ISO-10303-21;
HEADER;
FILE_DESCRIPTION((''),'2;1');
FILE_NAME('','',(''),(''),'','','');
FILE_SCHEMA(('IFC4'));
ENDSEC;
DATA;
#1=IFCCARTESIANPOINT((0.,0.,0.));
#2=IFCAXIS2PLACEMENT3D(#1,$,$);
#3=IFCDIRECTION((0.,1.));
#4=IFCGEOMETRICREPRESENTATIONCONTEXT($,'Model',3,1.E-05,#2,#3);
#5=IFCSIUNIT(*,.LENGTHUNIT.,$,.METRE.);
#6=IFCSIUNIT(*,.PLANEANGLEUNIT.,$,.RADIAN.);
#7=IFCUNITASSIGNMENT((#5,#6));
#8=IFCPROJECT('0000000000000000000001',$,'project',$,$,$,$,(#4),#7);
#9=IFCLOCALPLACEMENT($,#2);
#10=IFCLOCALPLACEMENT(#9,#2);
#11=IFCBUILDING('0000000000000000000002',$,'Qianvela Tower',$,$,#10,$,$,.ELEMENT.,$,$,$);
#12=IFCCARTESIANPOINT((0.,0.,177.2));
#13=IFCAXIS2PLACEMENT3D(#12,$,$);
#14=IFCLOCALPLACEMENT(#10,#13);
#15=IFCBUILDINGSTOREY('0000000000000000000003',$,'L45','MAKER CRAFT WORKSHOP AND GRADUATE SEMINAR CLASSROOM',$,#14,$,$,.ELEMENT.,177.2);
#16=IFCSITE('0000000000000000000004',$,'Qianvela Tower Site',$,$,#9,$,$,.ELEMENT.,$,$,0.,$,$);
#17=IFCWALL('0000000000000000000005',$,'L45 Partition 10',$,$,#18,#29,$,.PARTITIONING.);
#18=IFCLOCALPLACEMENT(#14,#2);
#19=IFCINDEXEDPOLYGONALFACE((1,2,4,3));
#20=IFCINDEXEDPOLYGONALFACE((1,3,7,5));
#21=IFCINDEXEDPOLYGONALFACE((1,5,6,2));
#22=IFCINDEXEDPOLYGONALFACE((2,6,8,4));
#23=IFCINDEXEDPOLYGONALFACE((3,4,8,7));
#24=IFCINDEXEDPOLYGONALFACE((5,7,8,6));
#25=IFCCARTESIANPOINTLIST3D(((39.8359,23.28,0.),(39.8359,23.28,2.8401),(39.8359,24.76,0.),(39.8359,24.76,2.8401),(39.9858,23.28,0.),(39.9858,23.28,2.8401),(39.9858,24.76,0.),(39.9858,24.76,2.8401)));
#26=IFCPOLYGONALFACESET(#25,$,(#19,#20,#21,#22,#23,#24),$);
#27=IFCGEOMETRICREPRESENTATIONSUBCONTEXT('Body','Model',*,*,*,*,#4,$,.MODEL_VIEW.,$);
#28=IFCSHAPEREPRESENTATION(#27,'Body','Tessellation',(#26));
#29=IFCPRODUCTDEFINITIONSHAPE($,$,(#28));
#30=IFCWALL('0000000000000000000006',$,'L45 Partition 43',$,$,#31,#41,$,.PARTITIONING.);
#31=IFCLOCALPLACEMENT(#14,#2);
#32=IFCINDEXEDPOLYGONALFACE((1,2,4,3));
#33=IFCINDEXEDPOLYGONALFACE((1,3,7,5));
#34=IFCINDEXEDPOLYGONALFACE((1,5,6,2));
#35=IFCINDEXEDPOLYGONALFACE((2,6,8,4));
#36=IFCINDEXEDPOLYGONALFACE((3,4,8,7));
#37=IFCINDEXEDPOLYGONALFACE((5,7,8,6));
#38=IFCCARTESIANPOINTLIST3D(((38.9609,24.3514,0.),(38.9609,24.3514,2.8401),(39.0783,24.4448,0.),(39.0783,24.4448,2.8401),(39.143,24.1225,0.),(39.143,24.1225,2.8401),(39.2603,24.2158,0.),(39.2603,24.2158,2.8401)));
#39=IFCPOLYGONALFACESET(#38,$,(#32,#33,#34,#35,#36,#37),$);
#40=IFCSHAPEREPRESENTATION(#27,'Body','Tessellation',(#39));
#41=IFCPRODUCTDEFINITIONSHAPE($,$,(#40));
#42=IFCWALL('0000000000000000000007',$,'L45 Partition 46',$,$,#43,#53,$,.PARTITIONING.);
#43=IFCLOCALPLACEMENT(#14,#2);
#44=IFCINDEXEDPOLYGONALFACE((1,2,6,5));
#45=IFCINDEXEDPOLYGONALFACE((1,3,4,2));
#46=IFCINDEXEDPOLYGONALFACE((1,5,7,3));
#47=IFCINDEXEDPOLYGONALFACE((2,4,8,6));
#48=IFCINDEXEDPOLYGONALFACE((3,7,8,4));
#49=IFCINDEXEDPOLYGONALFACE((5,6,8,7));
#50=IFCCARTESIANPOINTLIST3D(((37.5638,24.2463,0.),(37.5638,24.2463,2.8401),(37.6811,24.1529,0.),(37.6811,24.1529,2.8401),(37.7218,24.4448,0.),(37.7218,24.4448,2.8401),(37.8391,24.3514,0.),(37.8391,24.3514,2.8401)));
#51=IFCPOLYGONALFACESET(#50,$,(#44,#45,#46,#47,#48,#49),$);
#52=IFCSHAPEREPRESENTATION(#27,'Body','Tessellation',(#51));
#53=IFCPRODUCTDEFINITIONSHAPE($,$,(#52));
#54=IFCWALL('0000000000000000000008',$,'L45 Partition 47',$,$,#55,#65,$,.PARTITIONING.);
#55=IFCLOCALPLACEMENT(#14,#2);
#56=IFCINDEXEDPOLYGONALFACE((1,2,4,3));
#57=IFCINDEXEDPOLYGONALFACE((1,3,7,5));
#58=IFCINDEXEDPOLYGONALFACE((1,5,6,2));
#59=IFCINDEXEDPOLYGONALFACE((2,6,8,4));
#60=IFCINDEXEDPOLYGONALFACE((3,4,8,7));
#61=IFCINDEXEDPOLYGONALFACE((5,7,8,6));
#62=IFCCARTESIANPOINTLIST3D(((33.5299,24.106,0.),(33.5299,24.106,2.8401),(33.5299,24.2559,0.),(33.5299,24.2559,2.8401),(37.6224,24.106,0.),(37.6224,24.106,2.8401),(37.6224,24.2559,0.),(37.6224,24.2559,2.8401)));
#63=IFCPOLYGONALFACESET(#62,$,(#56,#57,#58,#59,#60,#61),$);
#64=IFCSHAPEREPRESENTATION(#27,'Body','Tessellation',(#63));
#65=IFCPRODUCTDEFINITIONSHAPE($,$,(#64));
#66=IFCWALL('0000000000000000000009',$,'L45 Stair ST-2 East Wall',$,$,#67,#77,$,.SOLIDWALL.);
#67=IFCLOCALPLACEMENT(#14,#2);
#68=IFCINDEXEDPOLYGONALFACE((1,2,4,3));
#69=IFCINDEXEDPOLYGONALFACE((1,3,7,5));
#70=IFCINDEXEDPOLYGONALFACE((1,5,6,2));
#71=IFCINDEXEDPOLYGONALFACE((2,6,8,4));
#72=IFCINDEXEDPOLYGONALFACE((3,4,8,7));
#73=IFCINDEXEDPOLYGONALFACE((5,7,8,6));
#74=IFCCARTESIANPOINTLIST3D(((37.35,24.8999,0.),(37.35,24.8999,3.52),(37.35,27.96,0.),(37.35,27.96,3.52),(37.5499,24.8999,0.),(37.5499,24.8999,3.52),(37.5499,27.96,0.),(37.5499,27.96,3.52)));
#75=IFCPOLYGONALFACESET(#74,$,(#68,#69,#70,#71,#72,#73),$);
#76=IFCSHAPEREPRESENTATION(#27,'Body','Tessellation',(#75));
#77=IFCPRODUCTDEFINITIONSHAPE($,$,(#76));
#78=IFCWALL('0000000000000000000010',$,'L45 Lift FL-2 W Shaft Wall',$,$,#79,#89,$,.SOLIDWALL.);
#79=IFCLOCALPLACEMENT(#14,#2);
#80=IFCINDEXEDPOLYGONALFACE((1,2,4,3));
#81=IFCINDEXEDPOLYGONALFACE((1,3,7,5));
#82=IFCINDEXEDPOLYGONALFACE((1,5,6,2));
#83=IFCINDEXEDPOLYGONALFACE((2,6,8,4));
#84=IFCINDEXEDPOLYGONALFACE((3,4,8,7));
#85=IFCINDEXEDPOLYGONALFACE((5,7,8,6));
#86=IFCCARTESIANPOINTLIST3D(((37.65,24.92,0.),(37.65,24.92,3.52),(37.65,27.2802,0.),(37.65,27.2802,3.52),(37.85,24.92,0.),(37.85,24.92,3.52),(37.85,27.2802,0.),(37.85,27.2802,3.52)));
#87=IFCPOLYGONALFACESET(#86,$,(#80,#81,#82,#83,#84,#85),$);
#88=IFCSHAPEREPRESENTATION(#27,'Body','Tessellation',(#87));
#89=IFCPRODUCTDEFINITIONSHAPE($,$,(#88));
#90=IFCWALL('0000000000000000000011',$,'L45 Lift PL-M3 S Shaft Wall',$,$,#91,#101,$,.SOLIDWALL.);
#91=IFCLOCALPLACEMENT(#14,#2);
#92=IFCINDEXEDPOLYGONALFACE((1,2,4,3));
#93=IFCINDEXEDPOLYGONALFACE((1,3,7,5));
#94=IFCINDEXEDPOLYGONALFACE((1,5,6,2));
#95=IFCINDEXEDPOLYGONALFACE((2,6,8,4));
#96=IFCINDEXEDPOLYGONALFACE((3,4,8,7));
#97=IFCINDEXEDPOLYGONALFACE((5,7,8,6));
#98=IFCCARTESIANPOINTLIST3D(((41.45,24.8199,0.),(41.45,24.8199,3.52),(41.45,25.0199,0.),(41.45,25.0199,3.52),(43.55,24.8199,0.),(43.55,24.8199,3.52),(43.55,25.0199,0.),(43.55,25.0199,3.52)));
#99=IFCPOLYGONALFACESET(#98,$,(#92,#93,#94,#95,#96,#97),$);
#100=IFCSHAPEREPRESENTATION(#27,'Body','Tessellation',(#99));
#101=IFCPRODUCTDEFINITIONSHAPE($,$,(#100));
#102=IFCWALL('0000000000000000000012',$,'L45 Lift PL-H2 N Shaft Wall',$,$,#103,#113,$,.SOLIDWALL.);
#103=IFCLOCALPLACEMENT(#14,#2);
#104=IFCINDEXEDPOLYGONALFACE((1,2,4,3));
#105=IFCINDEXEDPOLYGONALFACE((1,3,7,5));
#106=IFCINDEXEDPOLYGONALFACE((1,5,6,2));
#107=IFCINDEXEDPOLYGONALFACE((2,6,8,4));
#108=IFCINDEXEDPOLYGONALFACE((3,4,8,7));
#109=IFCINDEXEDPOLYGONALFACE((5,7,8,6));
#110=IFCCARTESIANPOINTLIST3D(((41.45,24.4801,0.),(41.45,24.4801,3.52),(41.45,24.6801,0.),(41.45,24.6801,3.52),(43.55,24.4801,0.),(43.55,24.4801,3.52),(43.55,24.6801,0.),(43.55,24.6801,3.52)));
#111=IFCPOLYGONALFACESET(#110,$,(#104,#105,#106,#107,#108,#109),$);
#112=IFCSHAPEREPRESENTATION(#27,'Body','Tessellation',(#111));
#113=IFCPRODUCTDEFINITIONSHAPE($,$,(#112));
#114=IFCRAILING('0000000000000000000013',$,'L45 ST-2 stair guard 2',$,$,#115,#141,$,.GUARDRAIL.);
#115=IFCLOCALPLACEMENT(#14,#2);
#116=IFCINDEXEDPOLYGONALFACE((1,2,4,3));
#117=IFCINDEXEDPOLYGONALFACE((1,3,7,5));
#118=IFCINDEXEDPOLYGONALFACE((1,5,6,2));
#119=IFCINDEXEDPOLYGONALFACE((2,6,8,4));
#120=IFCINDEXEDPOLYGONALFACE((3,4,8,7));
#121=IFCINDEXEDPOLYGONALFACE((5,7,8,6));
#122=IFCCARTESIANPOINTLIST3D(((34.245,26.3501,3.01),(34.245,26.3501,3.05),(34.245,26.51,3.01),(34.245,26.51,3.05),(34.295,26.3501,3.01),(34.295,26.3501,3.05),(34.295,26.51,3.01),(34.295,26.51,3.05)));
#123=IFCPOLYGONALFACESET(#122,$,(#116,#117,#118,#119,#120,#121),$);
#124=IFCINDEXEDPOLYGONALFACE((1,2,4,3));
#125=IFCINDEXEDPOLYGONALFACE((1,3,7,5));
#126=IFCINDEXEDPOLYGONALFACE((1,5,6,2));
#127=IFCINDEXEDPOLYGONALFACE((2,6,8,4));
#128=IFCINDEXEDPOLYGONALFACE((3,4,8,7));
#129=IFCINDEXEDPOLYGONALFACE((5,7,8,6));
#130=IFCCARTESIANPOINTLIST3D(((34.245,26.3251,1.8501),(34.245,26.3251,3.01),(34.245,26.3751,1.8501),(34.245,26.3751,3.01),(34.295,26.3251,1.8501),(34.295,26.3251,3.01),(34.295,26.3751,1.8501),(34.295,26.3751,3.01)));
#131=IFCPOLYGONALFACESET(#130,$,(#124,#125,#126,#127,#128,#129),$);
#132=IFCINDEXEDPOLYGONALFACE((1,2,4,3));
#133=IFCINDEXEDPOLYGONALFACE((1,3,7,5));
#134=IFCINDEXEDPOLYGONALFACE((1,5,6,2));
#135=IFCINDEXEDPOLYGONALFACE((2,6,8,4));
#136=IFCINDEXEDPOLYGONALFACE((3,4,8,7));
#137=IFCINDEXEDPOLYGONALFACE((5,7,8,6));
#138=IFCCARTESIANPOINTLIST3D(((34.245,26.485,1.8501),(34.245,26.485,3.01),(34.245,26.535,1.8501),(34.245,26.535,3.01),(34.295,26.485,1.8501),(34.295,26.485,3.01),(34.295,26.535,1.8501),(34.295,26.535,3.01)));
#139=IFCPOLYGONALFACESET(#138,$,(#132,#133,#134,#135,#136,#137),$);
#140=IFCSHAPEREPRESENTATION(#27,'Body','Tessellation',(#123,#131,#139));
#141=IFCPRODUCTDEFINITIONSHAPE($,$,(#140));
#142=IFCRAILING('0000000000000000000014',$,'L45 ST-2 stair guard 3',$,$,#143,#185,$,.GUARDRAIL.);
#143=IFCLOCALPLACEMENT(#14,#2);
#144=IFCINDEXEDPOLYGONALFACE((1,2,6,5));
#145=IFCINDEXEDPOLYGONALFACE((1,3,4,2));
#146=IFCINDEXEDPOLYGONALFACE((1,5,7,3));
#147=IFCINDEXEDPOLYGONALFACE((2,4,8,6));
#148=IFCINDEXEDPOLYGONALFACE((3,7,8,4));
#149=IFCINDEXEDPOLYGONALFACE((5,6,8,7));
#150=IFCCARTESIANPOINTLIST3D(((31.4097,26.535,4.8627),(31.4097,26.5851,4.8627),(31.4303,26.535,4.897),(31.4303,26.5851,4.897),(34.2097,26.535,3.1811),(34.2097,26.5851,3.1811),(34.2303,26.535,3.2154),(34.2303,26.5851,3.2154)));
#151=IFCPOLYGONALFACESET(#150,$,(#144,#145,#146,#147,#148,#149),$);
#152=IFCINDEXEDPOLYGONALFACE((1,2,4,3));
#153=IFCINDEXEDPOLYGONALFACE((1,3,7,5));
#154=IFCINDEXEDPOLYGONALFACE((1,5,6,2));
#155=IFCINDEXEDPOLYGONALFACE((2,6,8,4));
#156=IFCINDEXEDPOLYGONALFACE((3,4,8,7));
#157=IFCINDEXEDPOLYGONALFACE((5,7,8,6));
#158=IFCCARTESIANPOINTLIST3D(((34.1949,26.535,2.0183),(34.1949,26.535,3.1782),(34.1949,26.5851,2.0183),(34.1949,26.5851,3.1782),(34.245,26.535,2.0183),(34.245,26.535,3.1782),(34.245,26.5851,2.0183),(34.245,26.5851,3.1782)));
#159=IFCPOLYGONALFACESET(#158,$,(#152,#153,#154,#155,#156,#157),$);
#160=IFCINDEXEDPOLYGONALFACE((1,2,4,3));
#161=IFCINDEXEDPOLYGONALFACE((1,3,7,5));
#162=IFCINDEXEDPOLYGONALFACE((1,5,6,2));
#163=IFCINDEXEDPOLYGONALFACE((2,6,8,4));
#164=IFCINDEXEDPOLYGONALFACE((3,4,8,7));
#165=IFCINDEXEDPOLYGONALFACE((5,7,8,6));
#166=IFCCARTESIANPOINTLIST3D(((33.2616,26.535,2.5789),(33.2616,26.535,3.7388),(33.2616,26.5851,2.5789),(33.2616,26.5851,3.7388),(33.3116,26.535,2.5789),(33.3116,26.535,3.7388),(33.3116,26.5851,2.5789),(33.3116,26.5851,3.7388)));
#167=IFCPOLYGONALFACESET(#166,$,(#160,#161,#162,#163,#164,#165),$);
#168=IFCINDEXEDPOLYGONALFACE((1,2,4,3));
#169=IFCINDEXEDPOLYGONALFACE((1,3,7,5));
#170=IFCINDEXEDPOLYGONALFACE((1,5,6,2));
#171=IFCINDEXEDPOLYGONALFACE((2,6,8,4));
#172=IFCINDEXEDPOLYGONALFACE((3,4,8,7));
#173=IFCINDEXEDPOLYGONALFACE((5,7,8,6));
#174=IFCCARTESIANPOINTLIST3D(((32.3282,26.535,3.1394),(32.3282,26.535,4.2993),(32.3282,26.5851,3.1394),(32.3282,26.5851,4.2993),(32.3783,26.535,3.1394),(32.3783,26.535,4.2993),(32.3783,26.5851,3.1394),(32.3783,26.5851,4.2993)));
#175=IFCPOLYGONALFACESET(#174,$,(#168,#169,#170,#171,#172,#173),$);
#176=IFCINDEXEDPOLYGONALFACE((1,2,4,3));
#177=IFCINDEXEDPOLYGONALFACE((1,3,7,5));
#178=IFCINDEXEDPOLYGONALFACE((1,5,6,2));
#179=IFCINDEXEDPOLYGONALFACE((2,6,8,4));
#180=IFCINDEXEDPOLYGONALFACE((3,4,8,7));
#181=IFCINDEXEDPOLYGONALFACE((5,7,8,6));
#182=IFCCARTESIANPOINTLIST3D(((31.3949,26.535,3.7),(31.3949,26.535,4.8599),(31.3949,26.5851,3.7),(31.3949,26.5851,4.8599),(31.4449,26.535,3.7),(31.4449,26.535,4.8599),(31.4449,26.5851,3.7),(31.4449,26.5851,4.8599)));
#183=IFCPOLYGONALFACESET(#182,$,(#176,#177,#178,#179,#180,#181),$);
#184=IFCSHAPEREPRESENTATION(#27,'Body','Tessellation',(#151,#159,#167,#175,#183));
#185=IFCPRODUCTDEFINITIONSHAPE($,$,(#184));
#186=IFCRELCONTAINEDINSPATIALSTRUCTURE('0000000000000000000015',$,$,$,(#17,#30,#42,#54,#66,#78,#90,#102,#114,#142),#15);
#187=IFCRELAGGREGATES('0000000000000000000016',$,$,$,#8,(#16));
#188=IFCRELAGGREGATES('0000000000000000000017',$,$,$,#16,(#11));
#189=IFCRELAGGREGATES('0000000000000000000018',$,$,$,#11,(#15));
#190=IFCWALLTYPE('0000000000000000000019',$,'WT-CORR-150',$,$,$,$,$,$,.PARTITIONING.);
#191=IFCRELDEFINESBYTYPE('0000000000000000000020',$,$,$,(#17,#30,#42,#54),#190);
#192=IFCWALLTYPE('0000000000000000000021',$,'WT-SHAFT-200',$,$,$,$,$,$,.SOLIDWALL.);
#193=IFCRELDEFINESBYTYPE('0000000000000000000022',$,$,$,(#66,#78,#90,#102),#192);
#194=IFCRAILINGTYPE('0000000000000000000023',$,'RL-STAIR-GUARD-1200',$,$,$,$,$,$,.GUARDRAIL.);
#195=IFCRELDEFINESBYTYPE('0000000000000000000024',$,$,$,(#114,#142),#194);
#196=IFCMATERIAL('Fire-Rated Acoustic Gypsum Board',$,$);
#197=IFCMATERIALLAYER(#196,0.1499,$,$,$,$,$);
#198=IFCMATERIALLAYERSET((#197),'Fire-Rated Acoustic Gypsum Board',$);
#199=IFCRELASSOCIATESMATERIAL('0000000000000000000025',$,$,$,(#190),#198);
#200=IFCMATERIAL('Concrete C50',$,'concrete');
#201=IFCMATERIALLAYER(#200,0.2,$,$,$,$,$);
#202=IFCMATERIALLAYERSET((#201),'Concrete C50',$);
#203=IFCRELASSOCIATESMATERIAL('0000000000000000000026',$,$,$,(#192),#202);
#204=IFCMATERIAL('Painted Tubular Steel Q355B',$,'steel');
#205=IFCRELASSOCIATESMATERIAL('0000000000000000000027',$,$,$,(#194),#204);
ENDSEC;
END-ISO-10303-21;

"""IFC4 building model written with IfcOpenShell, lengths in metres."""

from ifc_helpers import new_model, si_unit, direction, frame, frame_2d, origin, origin_2d, place, context, subcontext, project, spatial, rectangle, extrude, material, layer, layer_set, type_object, element, save


model = new_model("IFC4")

# Units and contexts
model_context = context("Model", 3, precision=1e-05, world=origin(), true_north=direction((0.0, 1.0)))
body_context = subcontext(model_context, "Body", "Model", "MODEL_VIEW")
ifc_project = project(units=[si_unit("LENGTHUNIT", "METRE"), si_unit("PLANEANGLEUNIT", "RADIAN")], contexts=[model_context])

# Site, building, storey
site_placement = place(None, origin())
site = spatial("IfcSite", under=ifc_project, at=site_placement, Name="Qianvela Tower Site", CompositionType="ELEMENT", RefElevation=0.0)
building_placement = place(site_placement, origin())
building = spatial("IfcBuilding", under=site, at=building_placement, Name="Qianvela Tower", CompositionType="ELEMENT")
storey_placement = place(building_placement, frame((0.0, 0.0, 177.2)))
storey = spatial("IfcBuildingStorey", under=building, at=storey_placement, Name="L45", Description="MAKER CRAFT WORKSHOP AND GRADUATE SEMINAR CLASSROOM", CompositionType="ELEMENT", Elevation=177.2)

# Walls
ifc_material_1 = material(Name="Fire-Rated Acoustic Gypsum Board")
ifc_layer_1 = layer(ifc_material_1, 0.1499)
ifc_layer_set_1 = layer_set([ifc_layer_1], Name="Fire-Rated Acoustic Gypsum Board")
wall_type_1 = type_object("IfcWallType", Name="WT-CORR-150", PredefinedType="PARTITIONING", material=ifc_layer_set_1)
wall_1_placement = place(storey_placement, frame((39.9109, 23.28, 0.0), z_axis=(0.0, 0.0, 1.0), x_axis=(0.0, 1.0, 0.0)))
element("IfcWall", 1, at=wall_1_placement, inside=storey, type_object=wall_type_1, Name="L45 Partition 10", PredefinedType="PARTITIONING", context=body_context, shape_type="SweptSolid", body=[
    extrude(rectangle(XDim=1.48, YDim=0.1499, at=frame_2d((0.74, 0.0))), origin(), (0.0, 0.0, 1.0), 2.8401),
])
wall_2_placement = place(storey_placement, frame((39.2017, 24.1692, 0.0), z_axis=(0.0, 0.0, 1.0), x_axis=(-0.622454, 0.782656, 0.0)))
element("IfcWall", 2, at=wall_2_placement, inside=storey, type_object=wall_type_1, Name="L45 Partition 43", PredefinedType="PARTITIONING", context=body_context, shape_type="SweptSolid", body=[
    extrude(rectangle(XDim=0.2925, YDim=0.1499, at=frame_2d((0.1462, 0.0))), origin(), (0.0, 0.0, 1.0), 2.8401),
])
wall_3_placement = place(storey_placement, frame((37.7805, 24.3982, 0.0), z_axis=(0.0, 0.0, 1.0), x_axis=(-0.622698, -0.782462, 0.0)))
element("IfcWall", 3, at=wall_3_placement, inside=storey, type_object=wall_type_1, Name="L45 Partition 46", PredefinedType="PARTITIONING", context=body_context, shape_type="SweptSolid", body=[
    extrude(rectangle(XDim=0.2537, YDim=0.1499, at=frame_2d((0.127, 0.0))), origin(), (0.0, 0.0, 1.0), 2.8401),
])
wall_4_placement = place(storey_placement, frame((37.6226, 24.1809, 0.0), z_axis=(0.0, 0.0, 1.0), x_axis=(-1.0, 0.0, 0.0)))
element("IfcWall", 4, at=wall_4_placement, inside=storey, type_object=wall_type_1, Name="L45 Partition 47", PredefinedType="PARTITIONING", context=body_context, shape_type="SweptSolid", body=[
    extrude(rectangle(XDim=4.0925, YDim=0.1499, at=frame_2d((2.0464, 0.0))), origin(), (0.0, 0.0, 1.0), 2.8401),
])
ifc_material_2 = material(Name="Concrete C50", Category="concrete")
ifc_layer_2 = layer(ifc_material_2, 0.2)
ifc_layer_set_2 = layer_set([ifc_layer_2], Name="Concrete C50")
wall_type_2 = type_object("IfcWallType", Name="WT-SHAFT-200", PredefinedType="SOLIDWALL", material=ifc_layer_set_2)
wall_5_placement = place(storey_placement, frame((37.45, 24.8999, 0.0), z_axis=(0.0, 0.0, 1.0), x_axis=(0.0, 1.0, 0.0)))
element("IfcWall", 5, at=wall_5_placement, inside=storey, type_object=wall_type_2, Name="L45 Stair ST-2 East Wall", PredefinedType="SOLIDWALL", context=body_context, shape_type="SweptSolid", body=[
    extrude(rectangle(XDim=3.0601, YDim=0.2, at=frame_2d((1.53, 0.0))), origin(), (0.0, 0.0, 1.0), 3.52),
])

# Wall
wall_6_placement = place(storey_placement, frame((37.75, 24.9199, 0.0), z_axis=(0.0, 0.0, 1.0), x_axis=(0.0, 1.0, 0.0)))
element("IfcWall", 6, at=wall_6_placement, inside=storey, type_object=wall_type_2, Name="L45 Lift FL-2 W Shaft Wall", PredefinedType="SOLIDWALL", context=body_context, shape_type="SweptSolid", body=[
    extrude(rectangle(XDim=2.3601, YDim=0.2, at=frame_2d((1.1802, 0.0))), origin(), (0.0, 0.0, 1.0), 3.52),
])

# Walls
for number, where, z_axis, x_axis, name in (
    (7, (41.45, 24.9199, 0.0), (0.0, 0.0, 1.0), (1.0, 0.0, 0.0), "L45 Lift PL-M3 S Shaft Wall"),
    (8, (41.45, 24.5801, 0.0), (0.0, 0.0, 1.0), (1.0, 0.0, 0.0), "L45 Lift PL-H2 N Shaft Wall"),
):
    element("IfcWall", number, at=place(storey_placement, frame(where, z_axis=z_axis, x_axis=x_axis)), inside=storey, type_object=wall_type_2, Name=name, PredefinedType="SOLIDWALL", context=body_context, shape_type="SweptSolid", body=[
        extrude(rectangle(XDim=2.1001, YDim=0.2, at=frame_2d((1.05, 0.0))), origin(), (0.0, 0.0, 1.0), 3.52),
    ])

# Railings
ifc_material_3 = material(Name="Painted Tubular Steel Q355B", Category="steel")
railing_type = type_object("IfcRailingType", Name="RL-STAIR-GUARD-1200", PredefinedType="GUARDRAIL", material=ifc_material_3)
railing_1_placement = place(storey_placement, frame((34.27, 26.3501, 1.8501)))
element("IfcRailing", 9, at=railing_1_placement, inside=storey, type_object=railing_type, Name="L45 ST-2 stair guard 2", PredefinedType="GUARDRAIL", context=body_context, shape_type="SweptSolid", body=[
    extrude(rectangle(XDim=0.05, YDim=0.04, at=origin_2d()), frame((0.0, 0.0, 1.1799), z_axis=(0.0, 1.0, 0.0), x_axis=(-1.0, 0.0, 0.0)), (0.0, 0.0, 1.0), 0.1599),
    extrude(rectangle(XDim=0.05, YDim=0.05, at=origin_2d()), origin(), (0.0, 0.0, 1.0), 1.1599),
    extrude(rectangle(XDim=0.05, YDim=0.05, at=origin_2d()), frame((0.0, 0.1599, 0.0)), (0.0, 0.0, 1.0), 1.1599),
])
railing_2_placement = place(storey_placement, frame((34.22, 26.5601, 2.0183)))
element("IfcRailing", 10, at=railing_2_placement, inside=storey, type_object=railing_type, Name="L45 ST-2 stair guard 3", PredefinedType="GUARDRAIL", context=body_context, shape_type="SweptSolid", body=[
    extrude(rectangle(XDim=0.05, YDim=0.04, at=origin_2d()), frame((0.0, 0.0, 1.1799), z_axis=(-0.857275, 0.0, 0.514858), x_axis=(0.0, -1.0, 0.0)), (0.0, 0.0, 1.0), 3.2661),
    extrude(rectangle(XDim=0.05, YDim=0.05, at=origin_2d()), origin(), (0.0, 0.0, 1.0), 1.1599),
    extrude(rectangle(XDim=0.05, YDim=0.05, at=origin_2d()), frame((-0.9333, 0.0, 0.5605)), (0.0, 0.0, 1.0), 1.1599),
    extrude(rectangle(XDim=0.05, YDim=0.05, at=origin_2d()), frame((-1.8667, 0.0, 1.1211)), (0.0, 0.0, 1.0), 1.1599),
    extrude(rectangle(XDim=0.05, YDim=0.05, at=origin_2d()), frame((-2.8, 0.0, 1.6816)), (0.0, 0.0, 1.0), 1.1599),
])

save(model, "model.ifc")
